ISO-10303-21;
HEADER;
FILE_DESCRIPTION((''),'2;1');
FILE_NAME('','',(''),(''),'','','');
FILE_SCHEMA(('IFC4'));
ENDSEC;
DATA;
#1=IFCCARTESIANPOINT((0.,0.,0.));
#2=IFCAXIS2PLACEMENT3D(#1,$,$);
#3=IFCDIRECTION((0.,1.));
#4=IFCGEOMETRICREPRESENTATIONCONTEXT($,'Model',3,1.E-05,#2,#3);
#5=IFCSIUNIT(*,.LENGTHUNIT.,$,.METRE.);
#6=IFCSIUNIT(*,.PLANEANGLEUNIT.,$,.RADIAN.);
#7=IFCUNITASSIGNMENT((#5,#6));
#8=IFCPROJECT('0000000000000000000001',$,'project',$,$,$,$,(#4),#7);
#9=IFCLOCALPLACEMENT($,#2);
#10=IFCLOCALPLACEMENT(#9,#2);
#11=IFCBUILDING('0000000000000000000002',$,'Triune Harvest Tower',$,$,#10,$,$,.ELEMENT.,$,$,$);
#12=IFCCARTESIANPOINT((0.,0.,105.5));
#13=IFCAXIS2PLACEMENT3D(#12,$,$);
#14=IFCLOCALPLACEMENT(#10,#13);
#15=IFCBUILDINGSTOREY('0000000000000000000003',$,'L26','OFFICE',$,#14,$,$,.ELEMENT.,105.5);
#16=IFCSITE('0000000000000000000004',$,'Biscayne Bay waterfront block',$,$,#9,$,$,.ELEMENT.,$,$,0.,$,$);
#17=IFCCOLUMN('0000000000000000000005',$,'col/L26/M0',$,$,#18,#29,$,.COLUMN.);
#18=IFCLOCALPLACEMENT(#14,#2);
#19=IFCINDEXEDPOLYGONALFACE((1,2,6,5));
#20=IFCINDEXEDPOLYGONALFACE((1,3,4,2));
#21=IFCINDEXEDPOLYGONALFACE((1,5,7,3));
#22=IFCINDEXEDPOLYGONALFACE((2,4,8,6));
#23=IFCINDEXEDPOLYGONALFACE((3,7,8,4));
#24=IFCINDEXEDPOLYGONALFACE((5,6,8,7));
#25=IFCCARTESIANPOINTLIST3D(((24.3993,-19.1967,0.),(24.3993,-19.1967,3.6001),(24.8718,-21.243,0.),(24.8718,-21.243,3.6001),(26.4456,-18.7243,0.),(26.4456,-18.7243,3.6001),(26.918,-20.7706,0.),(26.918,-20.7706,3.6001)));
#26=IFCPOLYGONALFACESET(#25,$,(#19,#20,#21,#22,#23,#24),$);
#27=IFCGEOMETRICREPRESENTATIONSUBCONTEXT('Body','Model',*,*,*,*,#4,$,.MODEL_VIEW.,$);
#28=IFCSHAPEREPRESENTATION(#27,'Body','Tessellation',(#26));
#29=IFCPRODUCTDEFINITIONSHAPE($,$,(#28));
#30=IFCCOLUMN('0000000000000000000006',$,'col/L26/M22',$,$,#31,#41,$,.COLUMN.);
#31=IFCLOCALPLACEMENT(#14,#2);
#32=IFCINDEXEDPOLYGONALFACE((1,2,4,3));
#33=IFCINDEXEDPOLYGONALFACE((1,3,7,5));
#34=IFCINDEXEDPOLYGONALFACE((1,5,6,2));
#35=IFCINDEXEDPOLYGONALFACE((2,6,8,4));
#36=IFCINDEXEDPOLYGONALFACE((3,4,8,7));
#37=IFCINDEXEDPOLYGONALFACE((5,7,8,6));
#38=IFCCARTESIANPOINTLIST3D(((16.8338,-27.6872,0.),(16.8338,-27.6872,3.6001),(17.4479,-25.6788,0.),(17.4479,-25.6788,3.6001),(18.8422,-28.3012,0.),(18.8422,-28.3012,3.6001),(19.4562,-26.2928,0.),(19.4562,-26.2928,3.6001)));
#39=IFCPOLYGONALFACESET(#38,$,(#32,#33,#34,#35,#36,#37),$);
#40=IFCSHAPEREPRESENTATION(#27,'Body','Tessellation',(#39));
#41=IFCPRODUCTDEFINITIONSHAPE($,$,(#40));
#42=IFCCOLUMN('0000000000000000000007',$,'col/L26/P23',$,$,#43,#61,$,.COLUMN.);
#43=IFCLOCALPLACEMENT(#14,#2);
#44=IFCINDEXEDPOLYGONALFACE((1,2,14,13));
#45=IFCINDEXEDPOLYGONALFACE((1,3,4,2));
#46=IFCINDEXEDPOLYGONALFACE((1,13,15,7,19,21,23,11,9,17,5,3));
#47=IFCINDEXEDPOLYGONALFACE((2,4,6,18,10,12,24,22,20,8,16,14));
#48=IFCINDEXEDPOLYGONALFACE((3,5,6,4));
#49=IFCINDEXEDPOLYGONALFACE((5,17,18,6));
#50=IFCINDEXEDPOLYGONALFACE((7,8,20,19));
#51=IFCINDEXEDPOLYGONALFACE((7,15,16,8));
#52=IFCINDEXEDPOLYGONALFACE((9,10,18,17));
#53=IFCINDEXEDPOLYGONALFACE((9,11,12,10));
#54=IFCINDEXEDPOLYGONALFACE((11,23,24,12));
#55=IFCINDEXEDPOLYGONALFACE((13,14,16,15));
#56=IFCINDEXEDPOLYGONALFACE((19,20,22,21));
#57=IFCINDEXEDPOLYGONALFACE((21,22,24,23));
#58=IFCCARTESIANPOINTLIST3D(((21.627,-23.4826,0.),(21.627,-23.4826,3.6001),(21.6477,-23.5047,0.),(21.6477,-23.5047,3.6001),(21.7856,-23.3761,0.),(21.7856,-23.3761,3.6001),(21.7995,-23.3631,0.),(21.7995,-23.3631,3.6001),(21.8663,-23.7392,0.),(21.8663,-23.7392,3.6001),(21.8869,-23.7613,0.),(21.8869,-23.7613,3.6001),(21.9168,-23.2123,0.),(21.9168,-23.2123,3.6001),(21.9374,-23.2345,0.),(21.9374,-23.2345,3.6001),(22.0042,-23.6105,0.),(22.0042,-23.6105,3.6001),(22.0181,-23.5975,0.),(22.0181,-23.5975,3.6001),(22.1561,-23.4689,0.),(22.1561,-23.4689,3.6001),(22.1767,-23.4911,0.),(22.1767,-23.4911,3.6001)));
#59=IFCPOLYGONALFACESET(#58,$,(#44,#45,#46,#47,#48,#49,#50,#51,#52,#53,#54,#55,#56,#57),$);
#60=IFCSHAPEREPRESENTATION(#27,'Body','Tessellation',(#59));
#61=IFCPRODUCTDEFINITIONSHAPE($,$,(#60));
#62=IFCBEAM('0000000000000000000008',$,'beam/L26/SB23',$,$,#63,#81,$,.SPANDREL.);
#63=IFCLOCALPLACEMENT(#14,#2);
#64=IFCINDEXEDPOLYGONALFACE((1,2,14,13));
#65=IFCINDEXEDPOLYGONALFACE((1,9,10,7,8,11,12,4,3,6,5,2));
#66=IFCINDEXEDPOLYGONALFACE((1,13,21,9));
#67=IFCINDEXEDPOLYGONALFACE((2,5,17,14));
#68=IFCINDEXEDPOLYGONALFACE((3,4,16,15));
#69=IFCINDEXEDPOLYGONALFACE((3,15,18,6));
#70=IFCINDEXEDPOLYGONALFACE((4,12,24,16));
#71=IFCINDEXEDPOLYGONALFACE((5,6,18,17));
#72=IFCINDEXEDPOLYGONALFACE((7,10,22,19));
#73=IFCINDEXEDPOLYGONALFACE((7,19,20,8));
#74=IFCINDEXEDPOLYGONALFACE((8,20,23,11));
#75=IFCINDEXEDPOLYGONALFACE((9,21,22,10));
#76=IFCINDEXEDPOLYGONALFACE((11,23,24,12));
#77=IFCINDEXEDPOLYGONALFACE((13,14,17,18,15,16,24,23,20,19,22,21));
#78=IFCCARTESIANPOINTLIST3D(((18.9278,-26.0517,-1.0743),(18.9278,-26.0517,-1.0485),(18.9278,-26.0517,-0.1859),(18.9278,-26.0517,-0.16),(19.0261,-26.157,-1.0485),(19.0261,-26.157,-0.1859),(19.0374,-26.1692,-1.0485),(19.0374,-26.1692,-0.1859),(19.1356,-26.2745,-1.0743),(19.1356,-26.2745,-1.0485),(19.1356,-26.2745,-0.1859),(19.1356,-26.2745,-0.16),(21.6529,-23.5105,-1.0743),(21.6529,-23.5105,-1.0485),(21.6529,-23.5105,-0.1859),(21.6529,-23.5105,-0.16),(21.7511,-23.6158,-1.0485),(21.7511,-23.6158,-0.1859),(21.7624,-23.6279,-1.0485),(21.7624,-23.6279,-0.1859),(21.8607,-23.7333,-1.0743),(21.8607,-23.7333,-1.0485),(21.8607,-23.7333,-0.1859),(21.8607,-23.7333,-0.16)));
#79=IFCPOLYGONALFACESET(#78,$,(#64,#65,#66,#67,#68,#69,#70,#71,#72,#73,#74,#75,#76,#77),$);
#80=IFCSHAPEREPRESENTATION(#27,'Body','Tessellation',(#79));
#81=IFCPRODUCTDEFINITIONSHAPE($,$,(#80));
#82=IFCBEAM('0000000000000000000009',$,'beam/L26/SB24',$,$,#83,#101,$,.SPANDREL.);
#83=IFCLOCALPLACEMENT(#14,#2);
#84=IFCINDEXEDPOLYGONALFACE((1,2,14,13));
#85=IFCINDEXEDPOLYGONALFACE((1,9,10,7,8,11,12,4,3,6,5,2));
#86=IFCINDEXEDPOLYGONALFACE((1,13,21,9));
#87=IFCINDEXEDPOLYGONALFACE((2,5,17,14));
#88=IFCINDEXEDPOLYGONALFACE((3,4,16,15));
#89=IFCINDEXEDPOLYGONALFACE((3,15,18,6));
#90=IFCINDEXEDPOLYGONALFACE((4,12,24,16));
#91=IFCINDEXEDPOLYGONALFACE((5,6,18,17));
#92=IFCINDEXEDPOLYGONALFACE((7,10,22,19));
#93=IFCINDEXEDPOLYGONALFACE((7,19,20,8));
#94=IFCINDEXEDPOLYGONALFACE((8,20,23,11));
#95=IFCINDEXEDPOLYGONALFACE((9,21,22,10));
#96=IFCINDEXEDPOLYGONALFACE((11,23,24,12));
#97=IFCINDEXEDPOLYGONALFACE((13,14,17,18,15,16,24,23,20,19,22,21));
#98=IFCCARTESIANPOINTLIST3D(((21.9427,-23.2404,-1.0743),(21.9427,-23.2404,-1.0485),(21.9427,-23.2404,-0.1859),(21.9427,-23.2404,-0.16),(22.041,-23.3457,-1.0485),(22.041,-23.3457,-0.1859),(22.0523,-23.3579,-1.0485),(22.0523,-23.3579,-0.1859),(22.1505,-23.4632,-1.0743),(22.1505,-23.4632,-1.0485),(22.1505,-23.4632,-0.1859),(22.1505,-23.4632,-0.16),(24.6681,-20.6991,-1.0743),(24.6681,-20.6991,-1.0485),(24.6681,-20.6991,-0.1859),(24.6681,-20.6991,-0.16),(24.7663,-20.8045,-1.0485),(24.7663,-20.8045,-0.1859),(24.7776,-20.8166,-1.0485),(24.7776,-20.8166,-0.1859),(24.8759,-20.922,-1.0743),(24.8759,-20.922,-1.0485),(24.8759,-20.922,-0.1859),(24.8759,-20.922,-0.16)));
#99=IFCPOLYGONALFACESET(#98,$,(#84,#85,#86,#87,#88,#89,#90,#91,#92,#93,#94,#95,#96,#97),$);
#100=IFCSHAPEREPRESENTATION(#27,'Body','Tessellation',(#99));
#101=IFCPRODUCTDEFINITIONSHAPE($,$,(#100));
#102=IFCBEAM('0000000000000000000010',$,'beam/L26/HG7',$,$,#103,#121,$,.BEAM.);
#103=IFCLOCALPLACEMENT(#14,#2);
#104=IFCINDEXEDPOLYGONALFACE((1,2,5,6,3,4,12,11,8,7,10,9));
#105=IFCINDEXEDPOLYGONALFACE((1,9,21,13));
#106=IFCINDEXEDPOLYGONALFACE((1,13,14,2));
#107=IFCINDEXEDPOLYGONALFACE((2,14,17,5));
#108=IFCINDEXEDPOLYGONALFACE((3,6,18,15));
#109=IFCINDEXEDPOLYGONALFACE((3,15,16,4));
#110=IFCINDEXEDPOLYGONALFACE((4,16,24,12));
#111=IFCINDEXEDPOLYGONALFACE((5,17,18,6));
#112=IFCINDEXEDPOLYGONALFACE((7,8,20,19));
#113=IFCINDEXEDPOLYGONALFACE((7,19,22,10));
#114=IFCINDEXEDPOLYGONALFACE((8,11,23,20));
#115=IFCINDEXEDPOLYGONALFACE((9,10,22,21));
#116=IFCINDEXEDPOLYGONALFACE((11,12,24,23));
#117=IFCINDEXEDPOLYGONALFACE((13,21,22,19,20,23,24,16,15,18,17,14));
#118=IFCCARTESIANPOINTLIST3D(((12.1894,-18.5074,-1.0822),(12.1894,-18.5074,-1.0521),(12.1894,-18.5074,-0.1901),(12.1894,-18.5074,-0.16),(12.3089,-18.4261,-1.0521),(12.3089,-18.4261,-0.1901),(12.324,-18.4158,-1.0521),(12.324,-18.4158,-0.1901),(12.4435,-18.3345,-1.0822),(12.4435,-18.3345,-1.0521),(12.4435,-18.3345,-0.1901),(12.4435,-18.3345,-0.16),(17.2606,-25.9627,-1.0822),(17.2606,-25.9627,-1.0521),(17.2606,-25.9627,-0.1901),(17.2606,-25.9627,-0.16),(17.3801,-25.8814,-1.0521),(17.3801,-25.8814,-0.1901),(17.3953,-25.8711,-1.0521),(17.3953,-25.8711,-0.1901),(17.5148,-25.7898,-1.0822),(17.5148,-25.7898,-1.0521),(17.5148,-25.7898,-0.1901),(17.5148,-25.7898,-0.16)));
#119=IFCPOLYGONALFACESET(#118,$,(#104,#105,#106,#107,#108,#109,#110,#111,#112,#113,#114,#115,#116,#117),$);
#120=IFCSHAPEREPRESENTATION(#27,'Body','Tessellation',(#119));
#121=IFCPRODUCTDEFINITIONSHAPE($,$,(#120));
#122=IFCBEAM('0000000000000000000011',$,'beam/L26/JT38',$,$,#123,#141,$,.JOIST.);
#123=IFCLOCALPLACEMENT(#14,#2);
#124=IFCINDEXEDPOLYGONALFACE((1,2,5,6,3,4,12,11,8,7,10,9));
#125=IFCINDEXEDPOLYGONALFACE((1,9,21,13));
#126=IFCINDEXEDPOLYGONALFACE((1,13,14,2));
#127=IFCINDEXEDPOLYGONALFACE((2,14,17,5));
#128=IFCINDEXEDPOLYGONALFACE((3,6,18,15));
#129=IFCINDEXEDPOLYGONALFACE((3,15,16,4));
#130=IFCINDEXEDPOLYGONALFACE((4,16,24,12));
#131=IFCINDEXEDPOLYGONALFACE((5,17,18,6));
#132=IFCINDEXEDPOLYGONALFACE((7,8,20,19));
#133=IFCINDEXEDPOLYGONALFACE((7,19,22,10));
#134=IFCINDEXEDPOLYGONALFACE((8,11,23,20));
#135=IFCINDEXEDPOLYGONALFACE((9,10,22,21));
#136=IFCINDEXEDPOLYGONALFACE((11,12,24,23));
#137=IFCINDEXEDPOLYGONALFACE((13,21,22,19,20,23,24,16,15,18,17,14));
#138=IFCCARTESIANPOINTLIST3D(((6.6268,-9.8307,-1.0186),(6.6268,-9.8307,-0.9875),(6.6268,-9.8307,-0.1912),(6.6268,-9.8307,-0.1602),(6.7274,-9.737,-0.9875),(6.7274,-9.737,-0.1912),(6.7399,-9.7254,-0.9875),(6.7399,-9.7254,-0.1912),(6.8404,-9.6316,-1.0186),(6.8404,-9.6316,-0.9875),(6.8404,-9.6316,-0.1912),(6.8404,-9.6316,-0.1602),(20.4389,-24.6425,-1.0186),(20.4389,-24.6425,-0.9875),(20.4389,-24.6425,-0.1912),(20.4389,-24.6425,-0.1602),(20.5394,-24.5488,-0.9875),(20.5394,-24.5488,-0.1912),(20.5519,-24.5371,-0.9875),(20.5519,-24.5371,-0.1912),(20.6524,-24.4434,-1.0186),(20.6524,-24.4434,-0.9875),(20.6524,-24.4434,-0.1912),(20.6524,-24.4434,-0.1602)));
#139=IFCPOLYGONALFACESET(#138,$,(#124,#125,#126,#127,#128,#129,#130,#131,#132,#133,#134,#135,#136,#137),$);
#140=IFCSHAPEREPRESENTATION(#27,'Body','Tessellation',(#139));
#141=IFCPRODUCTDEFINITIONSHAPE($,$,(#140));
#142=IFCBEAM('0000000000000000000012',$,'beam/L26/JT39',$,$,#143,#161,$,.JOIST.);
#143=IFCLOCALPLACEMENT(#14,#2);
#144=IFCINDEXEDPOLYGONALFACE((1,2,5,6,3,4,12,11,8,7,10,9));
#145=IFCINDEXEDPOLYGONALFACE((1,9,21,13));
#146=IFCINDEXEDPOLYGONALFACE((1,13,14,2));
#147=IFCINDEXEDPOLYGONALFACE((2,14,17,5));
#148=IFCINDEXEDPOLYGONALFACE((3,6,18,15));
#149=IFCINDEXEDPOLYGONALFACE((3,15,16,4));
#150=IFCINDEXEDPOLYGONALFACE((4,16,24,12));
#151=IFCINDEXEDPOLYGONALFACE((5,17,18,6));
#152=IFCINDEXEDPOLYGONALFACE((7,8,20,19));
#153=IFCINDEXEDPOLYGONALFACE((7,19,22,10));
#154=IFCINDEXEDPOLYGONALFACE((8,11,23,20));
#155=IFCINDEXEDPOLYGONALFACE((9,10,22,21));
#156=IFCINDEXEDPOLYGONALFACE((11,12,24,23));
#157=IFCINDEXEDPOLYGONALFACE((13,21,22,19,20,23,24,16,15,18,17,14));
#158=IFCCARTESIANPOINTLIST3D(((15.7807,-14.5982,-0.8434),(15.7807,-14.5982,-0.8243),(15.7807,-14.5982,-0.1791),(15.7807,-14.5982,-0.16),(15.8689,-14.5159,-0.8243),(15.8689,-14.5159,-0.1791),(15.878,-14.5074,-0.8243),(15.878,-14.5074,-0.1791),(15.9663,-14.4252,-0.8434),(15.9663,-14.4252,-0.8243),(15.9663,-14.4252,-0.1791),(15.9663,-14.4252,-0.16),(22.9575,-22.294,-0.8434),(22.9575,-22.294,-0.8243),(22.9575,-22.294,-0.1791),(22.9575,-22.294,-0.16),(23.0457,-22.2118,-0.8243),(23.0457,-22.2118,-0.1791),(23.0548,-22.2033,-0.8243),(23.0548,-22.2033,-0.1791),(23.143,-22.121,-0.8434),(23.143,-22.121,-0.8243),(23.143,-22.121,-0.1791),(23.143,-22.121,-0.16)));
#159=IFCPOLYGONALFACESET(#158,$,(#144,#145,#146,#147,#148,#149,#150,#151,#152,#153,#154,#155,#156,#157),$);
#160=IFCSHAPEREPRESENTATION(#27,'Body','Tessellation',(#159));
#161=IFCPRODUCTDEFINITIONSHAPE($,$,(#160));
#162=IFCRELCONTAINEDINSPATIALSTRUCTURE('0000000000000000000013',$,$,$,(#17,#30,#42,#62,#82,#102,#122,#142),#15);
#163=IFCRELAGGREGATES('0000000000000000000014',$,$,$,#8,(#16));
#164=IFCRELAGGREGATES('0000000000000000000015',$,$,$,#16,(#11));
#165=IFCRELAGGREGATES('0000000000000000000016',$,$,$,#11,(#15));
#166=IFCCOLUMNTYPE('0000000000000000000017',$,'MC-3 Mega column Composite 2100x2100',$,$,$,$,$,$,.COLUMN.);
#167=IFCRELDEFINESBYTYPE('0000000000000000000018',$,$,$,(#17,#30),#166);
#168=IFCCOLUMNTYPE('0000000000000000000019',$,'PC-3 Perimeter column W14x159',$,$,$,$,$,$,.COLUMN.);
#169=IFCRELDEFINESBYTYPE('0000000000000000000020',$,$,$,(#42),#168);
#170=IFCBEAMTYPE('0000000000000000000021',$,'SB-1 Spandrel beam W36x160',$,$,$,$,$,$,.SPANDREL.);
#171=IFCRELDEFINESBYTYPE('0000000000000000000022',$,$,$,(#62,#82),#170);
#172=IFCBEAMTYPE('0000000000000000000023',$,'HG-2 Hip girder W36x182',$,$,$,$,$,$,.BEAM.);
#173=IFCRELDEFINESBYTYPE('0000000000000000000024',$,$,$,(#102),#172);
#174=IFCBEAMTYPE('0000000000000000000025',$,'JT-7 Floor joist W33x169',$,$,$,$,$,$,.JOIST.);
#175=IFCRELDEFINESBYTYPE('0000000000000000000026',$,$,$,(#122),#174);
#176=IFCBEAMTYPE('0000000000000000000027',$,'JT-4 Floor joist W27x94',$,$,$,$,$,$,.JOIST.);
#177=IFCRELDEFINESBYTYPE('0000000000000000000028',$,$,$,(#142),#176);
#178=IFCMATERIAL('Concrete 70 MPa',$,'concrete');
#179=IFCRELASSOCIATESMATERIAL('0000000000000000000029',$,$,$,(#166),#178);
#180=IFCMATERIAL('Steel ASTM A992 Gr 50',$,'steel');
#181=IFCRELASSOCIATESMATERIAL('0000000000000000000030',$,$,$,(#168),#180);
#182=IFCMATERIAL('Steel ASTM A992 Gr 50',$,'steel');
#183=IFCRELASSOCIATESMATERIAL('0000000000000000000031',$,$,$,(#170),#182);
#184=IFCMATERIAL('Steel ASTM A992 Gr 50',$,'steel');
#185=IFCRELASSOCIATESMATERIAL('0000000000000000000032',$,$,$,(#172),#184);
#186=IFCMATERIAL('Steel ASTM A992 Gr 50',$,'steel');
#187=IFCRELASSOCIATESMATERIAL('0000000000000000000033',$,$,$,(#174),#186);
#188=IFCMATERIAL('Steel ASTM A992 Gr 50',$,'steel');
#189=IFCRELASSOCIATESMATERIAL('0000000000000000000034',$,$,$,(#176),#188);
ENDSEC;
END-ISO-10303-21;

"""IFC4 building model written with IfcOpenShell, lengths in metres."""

from ifc_helpers import new_model, si_unit, direction, frame, origin, origin_2d, place, context, subcontext, project, spatial, rectangle, i_section, extrude, source, transform, mapped, material, material_profile, profile_set, type_object, element, save


model = new_model("IFC4")

# Units and contexts
model_context = context("Model", 3, precision=1e-05, world=origin(), true_north=direction((0.0, 1.0)))
body_context = subcontext(model_context, "Body", "Model", "MODEL_VIEW")
ifc_project = project(units=[si_unit("LENGTHUNIT", "METRE"), si_unit("PLANEANGLEUNIT", "RADIAN")], contexts=[model_context])

# Site, building, storey
site_placement = place(None, origin())
site = spatial("IfcSite", under=ifc_project, at=site_placement, Name="Biscayne Bay waterfront block", CompositionType="ELEMENT", RefElevation=0.0)
building_placement = place(site_placement, origin())
building = spatial("IfcBuilding", under=site, at=building_placement, Name="Triune Harvest Tower", CompositionType="ELEMENT")
storey_placement = place(building_placement, frame((0.0, 0.0, 105.5)))
storey = spatial("IfcBuildingStorey", under=building, at=storey_placement, Name="L26", Description="OFFICE", CompositionType="ELEMENT", Elevation=105.5)

# Columns
ifc_material_1 = material(Name="Concrete 70 MPa", Category="concrete")
ifc_material_profile_1 = material_profile(ifc_material_1, rectangle(XDim=2.1001, YDim=2.1001, at=origin_2d()), Name="Composite 2100x2100")
ifc_profile_set_1 = profile_set([ifc_material_profile_1], Name="Concrete 70 MPa")
column_type_1 = type_object("IfcColumnType", Name="MC-3 Mega column Composite 2100x2100", PredefinedType="COLUMN", material=ifc_profile_set_1)
shared_shape_1 = source(origin(), body_context, "Body", "SweptSolid", [
    extrude(rectangle(XDim=2.1001, YDim=2.1001, at=origin_2d()), origin(), (0.0, 0.0, 1.0), 3.6001),
])
for number, where, z_axis, x_axis, name in (
    (1, (25.6587, -19.9836, 0.0), (0.0, 0.0, 1.0), (-0.224953, 0.97437, 0.0), "col/L26/M0"),
    (2, (18.145, -26.99, 0.0), (0.0, 0.0, 1.0), (0.956305, -0.292372, 0.0), "col/L26/M22"),
):
    element("IfcColumn", number, at=place(storey_placement, frame(where, z_axis=z_axis, x_axis=x_axis)), inside=storey, type_object=column_type_1, Name=name, PredefinedType="COLUMN", context=body_context, shape_type="MappedRepresentation", body=[
        mapped(shared_shape_1, transform((0.0, 0.0, 0.0), scale=1.0)),
    ])
ifc_material_2 = material(Name="Steel ASTM A992 Gr 50", Category="steel")
ifc_material_profile_2 = material_profile(ifc_material_2, i_section(OverallWidth=0.3962, OverallDepth=0.3811, WebThickness=0.019, FlangeThickness=0.0303, at=origin_2d()), Name="W14x159")
ifc_profile_set_2 = profile_set([ifc_material_profile_2], Name="Steel ASTM A992 Gr 50")
column_type_2 = type_object("IfcColumnType", Name="PC-3 Perimeter column W14x159", PredefinedType="COLUMN", material=ifc_profile_set_2)
shared_shape_2 = source(origin(), body_context, "Body", "SweptSolid", [
    extrude(i_section(OverallWidth=0.3962, OverallDepth=0.3811, WebThickness=0.019, FlangeThickness=0.0303, at=origin_2d()), origin(), (0.0, 0.0, 1.0), 3.6001),
])
column_placement = place(storey_placement, frame((21.9019, -23.4868, 0.0), z_axis=(0.0, 0.0, 1.0), x_axis=(0.731354, 0.681998, 0.0)))
element("IfcColumn", 3, at=column_placement, inside=storey, type_object=column_type_2, Name="col/L26/P23", PredefinedType="COLUMN", context=body_context, shape_type="MappedRepresentation", body=[
    mapped(shared_shape_2, transform((0.0, 0.0, 0.0), scale=1.0)),
])

# Beams
ifc_material_3 = material(Name="Steel ASTM A992 Gr 50", Category="steel")
ifc_material_profile_3 = material_profile(ifc_material_3, i_section(OverallWidth=0.3047, OverallDepth=0.9143, WebThickness=0.0166, FlangeThickness=0.0259, at=origin_2d()), Name="W36x160")
ifc_profile_set_3 = profile_set([ifc_material_profile_3], Name="Steel ASTM A992 Gr 50")
beam_type_1 = type_object("IfcBeamType", Name="SB-1 Spandrel beam W36x160", PredefinedType="SPANDREL", material=ifc_profile_set_3)
shared_shape_3 = source(origin(), body_context, "Body", "SweptSolid", [
    extrude(i_section(OverallWidth=0.3047, OverallDepth=0.9143, WebThickness=0.0166, FlangeThickness=0.0259, at=origin_2d()), origin(), (0.0, 0.0, 1.0), 3.7261),
])
beam_1_placement = place(storey_placement, frame((19.0317, -26.1631, -0.6172), z_axis=(0.731345, 0.682008, 0.0), x_axis=(-0.682008, 0.731345, 0.0)))
element("IfcBeam", 4, at=beam_1_placement, inside=storey, type_object=beam_type_1, Name="beam/L26/SB23", PredefinedType="SPANDREL", context=body_context, shape_type="MappedRepresentation", body=[
    mapped(shared_shape_3, transform((0.0, 0.0, 0.0), scale=1.0)),
])
shared_shape_4 = source(origin(), body_context, "Body", "SweptSolid", [
    extrude(i_section(OverallWidth=0.3047, OverallDepth=0.9143, WebThickness=0.0166, FlangeThickness=0.0259, at=origin_2d()), origin(), (0.0, 0.0, 1.0), 3.7263),
])
beam_2_placement = place(storey_placement, frame((22.0466, -23.3518, -0.6172), z_axis=(0.731375, 0.681975, 0.0), x_axis=(-0.681975, 0.731375, 0.0)))
element("IfcBeam", 5, at=beam_2_placement, inside=storey, type_object=beam_type_1, Name="beam/L26/SB24", PredefinedType="SPANDREL", context=body_context, shape_type="MappedRepresentation", body=[
    mapped(shared_shape_4, transform((0.0, 0.0, 0.0), scale=1.0)),
])
ifc_material_4 = material(Name="Steel ASTM A992 Gr 50", Category="steel")
ifc_material_profile_4 = material_profile(ifc_material_4, i_section(OverallWidth=0.3074, OverallDepth=0.9221, WebThickness=0.0183, FlangeThickness=0.03, at=origin_2d()), Name="W36x182")
ifc_profile_set_4 = profile_set([ifc_material_profile_4], Name="Steel ASTM A992 Gr 50")
beam_type_2 = type_object("IfcBeamType", Name="HG-2 Hip girder W36x182", PredefinedType="BEAM", material=ifc_profile_set_4)
shared_shape_5 = source(origin(), body_context, "Body", "SweptSolid", [
    extrude(i_section(OverallWidth=0.3074, OverallDepth=0.9221, WebThickness=0.0183, FlangeThickness=0.03, at=origin_2d()), origin(), (0.0, 0.0, 1.0), 9.0166),
])
beam_3_placement = place(storey_placement, frame((17.3877, -25.8762, -0.6211), z_axis=(-0.562437, 0.82684, 0.0), x_axis=(-0.82684, -0.562437, 0.0)))
element("IfcBeam", 6, at=beam_3_placement, inside=storey, type_object=beam_type_2, Name="beam/L26/HG7", PredefinedType="BEAM", context=body_context, shape_type="MappedRepresentation", body=[
    mapped(shared_shape_5, transform((0.0, 0.0, 0.0), scale=1.0)),
])
ifc_material_5 = material(Name="Steel ASTM A992 Gr 50", Category="steel")
ifc_material_profile_5 = material_profile(ifc_material_5, i_section(OverallWidth=0.292, OverallDepth=0.8584, WebThickness=0.0171, FlangeThickness=0.031, at=origin_2d()), Name="W33x169")
ifc_profile_set_5 = profile_set([ifc_material_profile_5], Name="Steel ASTM A992 Gr 50")
beam_type_3 = type_object("IfcBeamType", Name="JT-7 Floor joist W33x169", PredefinedType="JOIST", material=ifc_profile_set_5)
shared_shape_6 = source(origin(), body_context, "Body", "SweptSolid", [
    extrude(i_section(OverallWidth=0.292, OverallDepth=0.8584, WebThickness=0.0171, FlangeThickness=0.031, at=origin_2d()), origin(), (0.0, 0.0, 1.0), 20.2524),
])
beam_4_placement = place(storey_placement, frame((20.5457, -24.543, -0.5894), z_axis=(-0.681993, 0.731358, 0.0), x_axis=(-0.731358, -0.681993, 0.0)))
element("IfcBeam", 7, at=beam_4_placement, inside=storey, type_object=beam_type_3, Name="beam/L26/JT38", PredefinedType="JOIST", context=body_context, shape_type="MappedRepresentation", body=[
    mapped(shared_shape_6, transform((0.0, 0.0, 0.0), scale=1.0)),
])
ifc_material_6 = material(Name="Steel ASTM A992 Gr 50", Category="steel")
ifc_material_profile_6 = material_profile(ifc_material_6, i_section(OverallWidth=0.2537, OverallDepth=0.6833, WebThickness=0.0125, FlangeThickness=0.019, at=origin_2d()), Name="W27x94")
ifc_profile_set_6 = profile_set([ifc_material_profile_6], Name="Steel ASTM A992 Gr 50")
beam_type_4 = type_object("IfcBeamType", Name="JT-4 Floor joist W27x94", PredefinedType="JOIST", material=ifc_profile_set_6)
shared_shape_7 = source(origin(), body_context, "Body", "SweptSolid", [
    extrude(i_section(OverallWidth=0.2537, OverallDepth=0.6833, WebThickness=0.0125, FlangeThickness=0.019, at=origin_2d()), origin(), (0.0, 0.0, 1.0), 10.5229),
])
beam_5_placement = place(storey_placement, frame((23.0503, -22.2075, -0.5017), z_axis=(-0.682014, 0.731339, 0.0), x_axis=(-0.731339, -0.682014, 0.0)))
element("IfcBeam", 8, at=beam_5_placement, inside=storey, type_object=beam_type_4, Name="beam/L26/JT39", PredefinedType="JOIST", context=body_context, shape_type="MappedRepresentation", body=[
    mapped(shared_shape_7, transform((0.0, 0.0, 0.0), scale=1.0)),
])

save(model, "model.ifc")
